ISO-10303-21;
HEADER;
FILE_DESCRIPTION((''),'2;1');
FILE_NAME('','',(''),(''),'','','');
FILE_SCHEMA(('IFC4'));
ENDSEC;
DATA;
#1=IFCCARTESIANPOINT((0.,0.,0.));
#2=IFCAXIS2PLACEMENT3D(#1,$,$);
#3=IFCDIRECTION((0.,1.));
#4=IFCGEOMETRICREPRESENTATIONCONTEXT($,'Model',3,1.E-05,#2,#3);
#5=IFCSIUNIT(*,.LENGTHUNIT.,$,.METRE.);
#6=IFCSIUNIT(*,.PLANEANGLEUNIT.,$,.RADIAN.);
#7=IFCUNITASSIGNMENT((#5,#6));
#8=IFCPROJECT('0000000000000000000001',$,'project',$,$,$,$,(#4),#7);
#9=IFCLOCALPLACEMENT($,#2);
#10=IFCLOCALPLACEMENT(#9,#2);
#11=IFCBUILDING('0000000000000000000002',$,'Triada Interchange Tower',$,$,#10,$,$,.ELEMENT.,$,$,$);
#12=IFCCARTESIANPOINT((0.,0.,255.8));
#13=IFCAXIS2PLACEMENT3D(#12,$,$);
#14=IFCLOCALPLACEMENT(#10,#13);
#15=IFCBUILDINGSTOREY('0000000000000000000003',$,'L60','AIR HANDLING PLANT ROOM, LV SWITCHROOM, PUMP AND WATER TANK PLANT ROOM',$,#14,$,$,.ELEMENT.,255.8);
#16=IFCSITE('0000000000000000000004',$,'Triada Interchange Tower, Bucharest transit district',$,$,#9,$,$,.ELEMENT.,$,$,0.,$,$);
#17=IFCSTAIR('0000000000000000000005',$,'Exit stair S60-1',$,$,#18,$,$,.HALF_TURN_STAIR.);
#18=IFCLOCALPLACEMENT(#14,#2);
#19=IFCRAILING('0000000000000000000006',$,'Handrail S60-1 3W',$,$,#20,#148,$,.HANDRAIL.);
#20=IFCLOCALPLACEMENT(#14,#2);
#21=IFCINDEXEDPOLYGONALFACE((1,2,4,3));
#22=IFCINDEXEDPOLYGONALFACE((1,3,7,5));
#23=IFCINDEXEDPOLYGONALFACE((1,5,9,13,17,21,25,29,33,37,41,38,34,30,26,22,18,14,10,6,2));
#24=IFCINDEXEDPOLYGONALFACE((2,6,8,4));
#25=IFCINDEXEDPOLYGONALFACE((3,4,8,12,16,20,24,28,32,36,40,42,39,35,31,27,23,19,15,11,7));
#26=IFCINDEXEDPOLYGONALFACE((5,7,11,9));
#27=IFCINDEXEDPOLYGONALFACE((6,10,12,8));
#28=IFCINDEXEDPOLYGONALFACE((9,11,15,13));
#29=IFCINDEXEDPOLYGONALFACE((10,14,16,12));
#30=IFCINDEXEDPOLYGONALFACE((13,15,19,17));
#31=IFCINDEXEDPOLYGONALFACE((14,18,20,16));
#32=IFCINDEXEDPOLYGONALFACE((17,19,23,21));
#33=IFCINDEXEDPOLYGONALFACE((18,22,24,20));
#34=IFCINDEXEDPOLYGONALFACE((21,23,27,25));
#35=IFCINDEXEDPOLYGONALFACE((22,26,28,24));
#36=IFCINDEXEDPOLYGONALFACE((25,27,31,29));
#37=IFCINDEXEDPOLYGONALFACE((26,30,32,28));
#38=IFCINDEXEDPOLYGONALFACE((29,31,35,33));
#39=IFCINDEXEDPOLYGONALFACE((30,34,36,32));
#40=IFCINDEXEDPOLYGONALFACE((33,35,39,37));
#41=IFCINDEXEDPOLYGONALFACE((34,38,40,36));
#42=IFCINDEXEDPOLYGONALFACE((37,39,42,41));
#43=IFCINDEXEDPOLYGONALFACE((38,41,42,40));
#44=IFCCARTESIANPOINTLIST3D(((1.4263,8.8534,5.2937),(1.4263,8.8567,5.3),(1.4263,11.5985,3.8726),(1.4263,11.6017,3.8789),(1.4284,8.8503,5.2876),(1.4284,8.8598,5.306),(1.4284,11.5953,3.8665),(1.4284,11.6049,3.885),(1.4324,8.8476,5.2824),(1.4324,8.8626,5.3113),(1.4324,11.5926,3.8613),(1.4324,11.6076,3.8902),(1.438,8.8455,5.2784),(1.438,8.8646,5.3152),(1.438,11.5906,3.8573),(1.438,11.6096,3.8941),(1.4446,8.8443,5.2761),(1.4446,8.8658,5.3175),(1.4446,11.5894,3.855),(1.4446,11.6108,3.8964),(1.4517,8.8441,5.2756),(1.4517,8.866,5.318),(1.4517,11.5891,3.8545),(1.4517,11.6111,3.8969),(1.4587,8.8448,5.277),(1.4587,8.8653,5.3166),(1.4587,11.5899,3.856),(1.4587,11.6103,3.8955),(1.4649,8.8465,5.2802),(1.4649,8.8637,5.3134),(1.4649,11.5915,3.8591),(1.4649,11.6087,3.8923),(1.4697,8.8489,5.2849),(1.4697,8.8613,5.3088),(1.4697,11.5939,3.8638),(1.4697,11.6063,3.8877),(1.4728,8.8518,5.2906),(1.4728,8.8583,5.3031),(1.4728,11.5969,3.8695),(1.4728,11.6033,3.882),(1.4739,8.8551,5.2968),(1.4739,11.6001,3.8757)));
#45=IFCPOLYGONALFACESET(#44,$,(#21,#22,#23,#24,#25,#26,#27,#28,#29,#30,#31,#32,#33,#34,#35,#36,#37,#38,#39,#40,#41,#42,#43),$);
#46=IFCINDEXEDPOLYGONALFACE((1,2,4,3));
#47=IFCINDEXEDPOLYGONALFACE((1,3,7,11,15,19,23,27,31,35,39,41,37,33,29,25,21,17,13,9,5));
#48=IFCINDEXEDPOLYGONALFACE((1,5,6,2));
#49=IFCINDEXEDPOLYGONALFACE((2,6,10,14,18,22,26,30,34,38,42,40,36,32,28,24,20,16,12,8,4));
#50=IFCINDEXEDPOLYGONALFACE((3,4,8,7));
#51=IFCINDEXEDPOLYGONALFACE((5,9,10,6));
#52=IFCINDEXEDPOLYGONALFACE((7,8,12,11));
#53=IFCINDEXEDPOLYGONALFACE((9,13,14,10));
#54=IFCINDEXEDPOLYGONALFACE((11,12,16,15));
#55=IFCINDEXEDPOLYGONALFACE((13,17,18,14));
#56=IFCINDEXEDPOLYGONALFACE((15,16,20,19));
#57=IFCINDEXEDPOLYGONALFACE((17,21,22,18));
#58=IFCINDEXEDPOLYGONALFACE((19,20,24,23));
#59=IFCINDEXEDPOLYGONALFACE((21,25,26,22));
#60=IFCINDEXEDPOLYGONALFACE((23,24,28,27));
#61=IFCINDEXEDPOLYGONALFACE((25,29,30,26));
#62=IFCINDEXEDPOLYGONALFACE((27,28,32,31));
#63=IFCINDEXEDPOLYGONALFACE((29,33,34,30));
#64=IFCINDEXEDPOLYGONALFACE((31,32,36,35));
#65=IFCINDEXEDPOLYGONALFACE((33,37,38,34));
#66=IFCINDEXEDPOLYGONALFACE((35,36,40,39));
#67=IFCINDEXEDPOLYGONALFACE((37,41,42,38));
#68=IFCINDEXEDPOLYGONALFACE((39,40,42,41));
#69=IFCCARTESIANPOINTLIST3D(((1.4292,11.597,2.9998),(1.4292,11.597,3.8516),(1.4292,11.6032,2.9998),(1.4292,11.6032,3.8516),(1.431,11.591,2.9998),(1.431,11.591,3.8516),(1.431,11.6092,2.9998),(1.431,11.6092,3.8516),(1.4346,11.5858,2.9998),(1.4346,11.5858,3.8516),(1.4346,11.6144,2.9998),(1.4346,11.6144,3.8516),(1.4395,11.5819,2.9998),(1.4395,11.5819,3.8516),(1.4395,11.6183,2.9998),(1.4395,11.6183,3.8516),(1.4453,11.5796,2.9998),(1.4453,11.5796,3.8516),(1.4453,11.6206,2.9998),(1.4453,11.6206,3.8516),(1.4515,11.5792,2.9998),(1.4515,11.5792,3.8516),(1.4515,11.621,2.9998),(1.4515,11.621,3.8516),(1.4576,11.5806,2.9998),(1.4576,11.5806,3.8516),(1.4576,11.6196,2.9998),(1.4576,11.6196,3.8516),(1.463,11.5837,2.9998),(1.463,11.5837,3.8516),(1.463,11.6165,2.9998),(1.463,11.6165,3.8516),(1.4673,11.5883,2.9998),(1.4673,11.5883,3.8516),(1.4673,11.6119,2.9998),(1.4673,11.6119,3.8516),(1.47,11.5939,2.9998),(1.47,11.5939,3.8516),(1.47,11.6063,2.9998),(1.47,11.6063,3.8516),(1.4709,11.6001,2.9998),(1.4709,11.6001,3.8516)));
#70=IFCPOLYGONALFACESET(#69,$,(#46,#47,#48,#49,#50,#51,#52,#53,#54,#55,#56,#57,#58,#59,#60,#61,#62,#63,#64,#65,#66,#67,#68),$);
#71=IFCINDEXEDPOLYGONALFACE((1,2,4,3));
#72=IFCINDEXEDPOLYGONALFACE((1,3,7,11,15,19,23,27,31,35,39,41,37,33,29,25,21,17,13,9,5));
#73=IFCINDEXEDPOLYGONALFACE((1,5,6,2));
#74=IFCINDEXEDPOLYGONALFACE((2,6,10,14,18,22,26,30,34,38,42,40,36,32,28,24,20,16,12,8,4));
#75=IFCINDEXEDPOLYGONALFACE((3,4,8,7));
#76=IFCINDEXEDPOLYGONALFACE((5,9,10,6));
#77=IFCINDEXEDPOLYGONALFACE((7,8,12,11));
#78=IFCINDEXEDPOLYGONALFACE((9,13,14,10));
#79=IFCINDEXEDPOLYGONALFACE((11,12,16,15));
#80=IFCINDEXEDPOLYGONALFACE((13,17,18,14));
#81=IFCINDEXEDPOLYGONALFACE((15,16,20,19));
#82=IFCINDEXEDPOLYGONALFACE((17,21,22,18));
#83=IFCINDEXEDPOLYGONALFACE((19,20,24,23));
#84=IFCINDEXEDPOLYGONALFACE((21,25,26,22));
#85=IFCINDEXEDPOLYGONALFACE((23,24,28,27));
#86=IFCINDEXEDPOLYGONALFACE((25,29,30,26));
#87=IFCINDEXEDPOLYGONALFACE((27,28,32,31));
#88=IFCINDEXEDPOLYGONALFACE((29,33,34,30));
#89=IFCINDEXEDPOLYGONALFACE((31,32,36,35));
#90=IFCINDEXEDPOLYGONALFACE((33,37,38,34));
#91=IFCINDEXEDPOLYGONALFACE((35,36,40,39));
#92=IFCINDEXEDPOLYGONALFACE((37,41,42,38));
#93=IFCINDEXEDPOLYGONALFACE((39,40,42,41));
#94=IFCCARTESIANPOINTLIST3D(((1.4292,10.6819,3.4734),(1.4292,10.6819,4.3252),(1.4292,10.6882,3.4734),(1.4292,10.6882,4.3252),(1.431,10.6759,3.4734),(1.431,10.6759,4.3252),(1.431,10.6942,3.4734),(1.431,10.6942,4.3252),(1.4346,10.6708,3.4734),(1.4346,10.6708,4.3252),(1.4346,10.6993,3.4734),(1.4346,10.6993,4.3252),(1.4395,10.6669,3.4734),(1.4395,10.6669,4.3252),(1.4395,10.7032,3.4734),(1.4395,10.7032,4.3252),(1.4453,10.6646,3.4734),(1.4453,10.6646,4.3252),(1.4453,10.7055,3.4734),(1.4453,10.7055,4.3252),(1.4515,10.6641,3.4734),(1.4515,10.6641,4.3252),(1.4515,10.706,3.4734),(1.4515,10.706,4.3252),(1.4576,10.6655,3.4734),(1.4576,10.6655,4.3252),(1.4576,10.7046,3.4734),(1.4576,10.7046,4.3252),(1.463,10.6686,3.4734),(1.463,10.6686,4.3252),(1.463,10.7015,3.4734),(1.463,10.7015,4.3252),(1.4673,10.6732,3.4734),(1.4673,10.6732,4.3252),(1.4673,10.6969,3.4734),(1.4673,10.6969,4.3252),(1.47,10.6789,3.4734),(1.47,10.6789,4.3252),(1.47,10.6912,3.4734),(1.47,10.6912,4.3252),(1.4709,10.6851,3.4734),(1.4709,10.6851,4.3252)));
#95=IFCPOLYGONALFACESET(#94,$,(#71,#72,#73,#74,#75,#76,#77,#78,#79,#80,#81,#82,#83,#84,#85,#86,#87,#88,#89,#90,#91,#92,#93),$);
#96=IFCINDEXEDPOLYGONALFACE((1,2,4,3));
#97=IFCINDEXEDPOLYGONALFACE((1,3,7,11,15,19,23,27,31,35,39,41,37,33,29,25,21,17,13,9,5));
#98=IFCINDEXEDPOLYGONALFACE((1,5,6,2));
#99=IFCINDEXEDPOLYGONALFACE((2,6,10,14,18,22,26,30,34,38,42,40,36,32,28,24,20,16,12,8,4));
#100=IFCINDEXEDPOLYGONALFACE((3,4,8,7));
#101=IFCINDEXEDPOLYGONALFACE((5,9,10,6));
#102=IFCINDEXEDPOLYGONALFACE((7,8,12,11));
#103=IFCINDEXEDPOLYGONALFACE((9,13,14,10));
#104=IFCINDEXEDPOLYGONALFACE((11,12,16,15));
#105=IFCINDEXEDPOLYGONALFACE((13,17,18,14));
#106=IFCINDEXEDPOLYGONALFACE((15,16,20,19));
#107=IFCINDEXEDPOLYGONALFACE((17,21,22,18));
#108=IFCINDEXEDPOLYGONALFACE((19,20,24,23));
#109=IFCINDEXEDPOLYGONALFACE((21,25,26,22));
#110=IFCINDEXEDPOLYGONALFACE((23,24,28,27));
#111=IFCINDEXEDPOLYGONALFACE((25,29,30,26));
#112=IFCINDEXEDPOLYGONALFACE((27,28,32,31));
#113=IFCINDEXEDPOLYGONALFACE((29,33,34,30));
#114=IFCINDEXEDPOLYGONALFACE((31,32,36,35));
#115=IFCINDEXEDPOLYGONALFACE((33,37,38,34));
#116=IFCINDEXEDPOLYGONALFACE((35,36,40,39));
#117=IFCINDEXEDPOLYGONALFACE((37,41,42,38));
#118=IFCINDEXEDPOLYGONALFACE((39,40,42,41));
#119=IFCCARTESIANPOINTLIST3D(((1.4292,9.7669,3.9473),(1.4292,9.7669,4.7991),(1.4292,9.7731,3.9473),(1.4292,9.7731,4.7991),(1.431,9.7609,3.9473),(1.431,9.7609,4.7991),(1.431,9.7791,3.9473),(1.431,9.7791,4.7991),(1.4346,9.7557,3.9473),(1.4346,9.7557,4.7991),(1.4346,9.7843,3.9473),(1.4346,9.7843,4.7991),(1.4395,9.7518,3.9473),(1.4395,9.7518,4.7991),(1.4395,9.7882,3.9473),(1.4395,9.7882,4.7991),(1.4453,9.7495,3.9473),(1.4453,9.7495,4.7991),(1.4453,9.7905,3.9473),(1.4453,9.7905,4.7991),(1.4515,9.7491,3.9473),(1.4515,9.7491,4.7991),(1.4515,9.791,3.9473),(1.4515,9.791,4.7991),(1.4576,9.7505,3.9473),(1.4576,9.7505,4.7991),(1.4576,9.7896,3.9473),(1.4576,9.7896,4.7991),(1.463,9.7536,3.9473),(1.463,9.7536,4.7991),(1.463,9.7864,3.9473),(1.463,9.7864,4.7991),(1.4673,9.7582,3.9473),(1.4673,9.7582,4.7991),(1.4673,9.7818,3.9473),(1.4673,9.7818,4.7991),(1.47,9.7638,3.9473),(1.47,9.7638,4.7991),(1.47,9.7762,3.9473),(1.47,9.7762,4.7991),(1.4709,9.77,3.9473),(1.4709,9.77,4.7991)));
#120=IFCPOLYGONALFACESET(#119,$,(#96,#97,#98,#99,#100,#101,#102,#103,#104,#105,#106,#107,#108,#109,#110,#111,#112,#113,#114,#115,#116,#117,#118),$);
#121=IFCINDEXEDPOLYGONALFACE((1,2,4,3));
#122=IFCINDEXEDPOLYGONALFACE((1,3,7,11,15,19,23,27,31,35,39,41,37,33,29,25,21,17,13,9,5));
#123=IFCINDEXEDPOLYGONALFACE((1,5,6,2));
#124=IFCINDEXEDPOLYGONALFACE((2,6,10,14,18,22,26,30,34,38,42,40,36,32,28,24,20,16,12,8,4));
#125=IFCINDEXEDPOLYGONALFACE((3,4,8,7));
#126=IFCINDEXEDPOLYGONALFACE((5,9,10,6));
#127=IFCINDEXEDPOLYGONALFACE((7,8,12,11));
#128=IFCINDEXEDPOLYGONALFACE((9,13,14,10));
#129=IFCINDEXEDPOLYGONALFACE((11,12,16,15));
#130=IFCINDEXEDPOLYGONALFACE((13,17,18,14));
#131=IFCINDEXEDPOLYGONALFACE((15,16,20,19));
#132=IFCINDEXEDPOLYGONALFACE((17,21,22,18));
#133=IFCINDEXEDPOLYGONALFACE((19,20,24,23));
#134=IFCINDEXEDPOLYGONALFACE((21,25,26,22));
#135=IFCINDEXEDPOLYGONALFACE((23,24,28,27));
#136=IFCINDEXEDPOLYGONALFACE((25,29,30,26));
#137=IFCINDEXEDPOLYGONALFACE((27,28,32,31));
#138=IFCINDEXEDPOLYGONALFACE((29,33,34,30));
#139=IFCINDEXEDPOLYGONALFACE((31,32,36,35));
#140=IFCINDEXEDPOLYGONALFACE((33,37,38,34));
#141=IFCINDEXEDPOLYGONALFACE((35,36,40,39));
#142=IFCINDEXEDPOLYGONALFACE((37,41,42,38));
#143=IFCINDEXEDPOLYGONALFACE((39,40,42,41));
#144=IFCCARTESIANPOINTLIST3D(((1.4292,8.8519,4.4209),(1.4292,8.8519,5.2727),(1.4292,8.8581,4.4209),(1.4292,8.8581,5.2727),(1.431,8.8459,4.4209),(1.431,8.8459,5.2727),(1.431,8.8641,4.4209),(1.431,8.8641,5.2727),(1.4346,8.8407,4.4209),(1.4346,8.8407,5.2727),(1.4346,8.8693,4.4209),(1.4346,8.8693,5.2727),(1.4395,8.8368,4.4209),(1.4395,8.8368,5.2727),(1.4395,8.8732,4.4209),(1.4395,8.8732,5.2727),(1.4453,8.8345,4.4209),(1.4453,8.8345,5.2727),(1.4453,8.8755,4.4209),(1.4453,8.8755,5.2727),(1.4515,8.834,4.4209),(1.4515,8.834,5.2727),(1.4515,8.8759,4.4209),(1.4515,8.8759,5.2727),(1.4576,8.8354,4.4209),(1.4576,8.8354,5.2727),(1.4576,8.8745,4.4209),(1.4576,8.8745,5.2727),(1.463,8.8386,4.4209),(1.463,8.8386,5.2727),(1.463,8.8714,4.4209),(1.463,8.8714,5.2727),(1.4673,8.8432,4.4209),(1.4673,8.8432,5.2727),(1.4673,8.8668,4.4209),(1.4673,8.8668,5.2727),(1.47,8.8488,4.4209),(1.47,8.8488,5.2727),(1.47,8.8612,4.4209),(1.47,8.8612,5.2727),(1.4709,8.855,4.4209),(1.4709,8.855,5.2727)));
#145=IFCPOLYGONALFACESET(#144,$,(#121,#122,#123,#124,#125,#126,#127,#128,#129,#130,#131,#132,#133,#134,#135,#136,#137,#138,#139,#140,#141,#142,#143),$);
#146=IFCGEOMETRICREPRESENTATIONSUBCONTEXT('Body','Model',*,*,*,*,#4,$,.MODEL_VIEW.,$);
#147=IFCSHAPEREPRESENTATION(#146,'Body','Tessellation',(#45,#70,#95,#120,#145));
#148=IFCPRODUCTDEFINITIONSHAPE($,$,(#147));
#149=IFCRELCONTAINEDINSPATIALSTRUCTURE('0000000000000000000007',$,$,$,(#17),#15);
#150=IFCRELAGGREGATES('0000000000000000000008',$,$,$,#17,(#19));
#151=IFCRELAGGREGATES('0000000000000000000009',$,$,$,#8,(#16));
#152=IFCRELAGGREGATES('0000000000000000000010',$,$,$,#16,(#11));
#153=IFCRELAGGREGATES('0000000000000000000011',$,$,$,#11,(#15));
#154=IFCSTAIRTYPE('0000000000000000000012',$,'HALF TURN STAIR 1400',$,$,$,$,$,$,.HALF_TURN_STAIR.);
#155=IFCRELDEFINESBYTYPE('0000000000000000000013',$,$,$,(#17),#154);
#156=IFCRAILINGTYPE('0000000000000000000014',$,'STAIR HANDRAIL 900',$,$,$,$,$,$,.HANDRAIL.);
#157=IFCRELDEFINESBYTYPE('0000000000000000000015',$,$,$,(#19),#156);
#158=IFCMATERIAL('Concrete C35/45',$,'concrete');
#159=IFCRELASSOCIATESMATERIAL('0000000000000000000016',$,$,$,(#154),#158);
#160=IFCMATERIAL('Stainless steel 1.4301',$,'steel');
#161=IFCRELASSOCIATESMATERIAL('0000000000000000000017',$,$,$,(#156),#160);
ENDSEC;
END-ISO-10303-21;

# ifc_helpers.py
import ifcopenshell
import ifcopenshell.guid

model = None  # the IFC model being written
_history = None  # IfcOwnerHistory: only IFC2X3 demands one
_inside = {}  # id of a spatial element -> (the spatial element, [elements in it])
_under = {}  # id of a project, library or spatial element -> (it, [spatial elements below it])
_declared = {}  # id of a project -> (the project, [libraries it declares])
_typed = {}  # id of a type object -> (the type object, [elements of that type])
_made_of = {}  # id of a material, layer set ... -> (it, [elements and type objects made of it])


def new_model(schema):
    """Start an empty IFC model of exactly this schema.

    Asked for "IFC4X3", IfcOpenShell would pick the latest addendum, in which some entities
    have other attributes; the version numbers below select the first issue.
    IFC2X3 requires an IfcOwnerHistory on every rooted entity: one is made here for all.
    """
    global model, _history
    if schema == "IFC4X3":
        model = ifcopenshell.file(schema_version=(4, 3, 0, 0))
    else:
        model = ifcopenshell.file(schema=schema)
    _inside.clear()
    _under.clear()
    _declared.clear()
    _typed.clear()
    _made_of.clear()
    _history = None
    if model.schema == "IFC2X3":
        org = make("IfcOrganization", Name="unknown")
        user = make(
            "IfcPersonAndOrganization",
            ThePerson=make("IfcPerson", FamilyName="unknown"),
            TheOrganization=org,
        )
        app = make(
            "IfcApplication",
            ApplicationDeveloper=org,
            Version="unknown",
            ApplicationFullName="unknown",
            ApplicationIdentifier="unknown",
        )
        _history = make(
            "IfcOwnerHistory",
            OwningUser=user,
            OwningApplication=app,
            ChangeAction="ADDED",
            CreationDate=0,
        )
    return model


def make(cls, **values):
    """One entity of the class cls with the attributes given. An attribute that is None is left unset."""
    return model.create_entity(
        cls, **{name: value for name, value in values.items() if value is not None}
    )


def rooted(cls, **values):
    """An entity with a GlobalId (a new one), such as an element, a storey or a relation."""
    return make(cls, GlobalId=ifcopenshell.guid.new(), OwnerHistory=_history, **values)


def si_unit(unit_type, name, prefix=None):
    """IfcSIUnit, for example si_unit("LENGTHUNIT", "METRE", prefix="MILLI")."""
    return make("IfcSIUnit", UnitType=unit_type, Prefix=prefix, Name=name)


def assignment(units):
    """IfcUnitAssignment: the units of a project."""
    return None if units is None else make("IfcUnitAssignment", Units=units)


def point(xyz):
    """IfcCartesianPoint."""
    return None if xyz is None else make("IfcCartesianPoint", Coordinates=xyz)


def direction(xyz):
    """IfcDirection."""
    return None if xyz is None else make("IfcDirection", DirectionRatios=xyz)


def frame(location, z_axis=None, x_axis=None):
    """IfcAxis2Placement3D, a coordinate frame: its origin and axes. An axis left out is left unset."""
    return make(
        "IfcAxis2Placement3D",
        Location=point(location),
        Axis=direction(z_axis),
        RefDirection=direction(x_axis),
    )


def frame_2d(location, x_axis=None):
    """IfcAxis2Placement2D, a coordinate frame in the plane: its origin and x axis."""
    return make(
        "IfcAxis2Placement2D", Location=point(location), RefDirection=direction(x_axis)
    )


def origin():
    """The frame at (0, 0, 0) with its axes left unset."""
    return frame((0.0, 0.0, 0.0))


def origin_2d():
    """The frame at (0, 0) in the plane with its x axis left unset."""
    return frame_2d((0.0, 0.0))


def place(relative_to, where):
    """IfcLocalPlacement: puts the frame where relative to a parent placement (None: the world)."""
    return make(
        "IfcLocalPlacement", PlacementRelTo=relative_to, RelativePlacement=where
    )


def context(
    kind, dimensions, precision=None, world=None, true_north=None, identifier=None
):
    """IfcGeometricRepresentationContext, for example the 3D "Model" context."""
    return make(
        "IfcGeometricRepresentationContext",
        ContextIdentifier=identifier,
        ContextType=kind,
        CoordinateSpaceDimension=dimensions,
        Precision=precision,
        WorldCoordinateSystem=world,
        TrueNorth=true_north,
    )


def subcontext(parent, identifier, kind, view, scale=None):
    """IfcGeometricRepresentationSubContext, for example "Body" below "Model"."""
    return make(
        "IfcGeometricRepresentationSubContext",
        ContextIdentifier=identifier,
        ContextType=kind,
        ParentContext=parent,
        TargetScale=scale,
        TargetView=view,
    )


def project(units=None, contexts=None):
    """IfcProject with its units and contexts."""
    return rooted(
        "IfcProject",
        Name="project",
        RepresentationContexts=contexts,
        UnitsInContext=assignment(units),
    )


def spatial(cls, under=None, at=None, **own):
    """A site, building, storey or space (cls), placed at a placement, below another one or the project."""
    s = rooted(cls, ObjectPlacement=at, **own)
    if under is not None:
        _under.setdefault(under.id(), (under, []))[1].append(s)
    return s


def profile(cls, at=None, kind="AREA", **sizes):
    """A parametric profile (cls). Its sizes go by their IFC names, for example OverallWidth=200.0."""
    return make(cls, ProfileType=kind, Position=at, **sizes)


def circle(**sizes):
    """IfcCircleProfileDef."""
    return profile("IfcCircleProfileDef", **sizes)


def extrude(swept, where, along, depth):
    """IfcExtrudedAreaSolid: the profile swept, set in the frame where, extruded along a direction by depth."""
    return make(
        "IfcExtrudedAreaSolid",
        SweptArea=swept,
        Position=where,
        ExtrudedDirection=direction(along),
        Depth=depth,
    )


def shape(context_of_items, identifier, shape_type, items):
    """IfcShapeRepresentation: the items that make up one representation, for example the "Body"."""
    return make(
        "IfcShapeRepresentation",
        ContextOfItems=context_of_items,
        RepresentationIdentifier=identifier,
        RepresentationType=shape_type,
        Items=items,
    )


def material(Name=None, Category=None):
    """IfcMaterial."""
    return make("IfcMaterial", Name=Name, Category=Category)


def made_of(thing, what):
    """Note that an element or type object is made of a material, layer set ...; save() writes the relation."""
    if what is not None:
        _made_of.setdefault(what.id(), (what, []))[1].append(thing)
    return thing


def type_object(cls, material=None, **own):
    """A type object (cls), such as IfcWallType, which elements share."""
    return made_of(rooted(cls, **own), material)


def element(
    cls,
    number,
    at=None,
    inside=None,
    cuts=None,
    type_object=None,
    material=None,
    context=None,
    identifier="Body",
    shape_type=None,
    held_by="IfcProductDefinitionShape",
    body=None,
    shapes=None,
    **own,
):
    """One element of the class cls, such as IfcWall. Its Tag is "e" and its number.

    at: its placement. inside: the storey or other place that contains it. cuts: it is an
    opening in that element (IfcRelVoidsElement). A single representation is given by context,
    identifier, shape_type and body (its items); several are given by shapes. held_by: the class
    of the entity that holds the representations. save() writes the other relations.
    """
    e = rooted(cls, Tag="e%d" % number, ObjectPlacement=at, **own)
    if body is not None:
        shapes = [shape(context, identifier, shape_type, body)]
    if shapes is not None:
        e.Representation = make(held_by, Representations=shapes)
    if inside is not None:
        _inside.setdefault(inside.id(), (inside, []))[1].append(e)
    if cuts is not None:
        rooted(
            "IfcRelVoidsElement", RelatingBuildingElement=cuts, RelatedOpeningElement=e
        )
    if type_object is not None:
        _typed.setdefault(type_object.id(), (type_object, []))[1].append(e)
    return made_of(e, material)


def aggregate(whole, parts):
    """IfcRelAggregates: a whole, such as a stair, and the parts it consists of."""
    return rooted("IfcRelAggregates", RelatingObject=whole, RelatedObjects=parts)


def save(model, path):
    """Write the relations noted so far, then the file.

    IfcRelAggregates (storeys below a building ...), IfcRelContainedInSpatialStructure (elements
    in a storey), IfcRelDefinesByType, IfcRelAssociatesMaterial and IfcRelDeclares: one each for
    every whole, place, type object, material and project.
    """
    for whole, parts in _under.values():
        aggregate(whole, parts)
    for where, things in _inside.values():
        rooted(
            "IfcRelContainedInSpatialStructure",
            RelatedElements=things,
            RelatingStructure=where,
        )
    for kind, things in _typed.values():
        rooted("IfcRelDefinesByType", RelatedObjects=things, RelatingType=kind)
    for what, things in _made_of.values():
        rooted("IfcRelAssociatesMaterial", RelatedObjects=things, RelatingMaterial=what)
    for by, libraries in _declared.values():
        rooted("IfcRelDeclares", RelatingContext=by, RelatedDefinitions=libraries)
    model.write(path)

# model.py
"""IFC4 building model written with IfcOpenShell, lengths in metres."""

from ifc_helpers import new_model, si_unit, direction, frame, origin, origin_2d, place, context, subcontext, project, spatial, circle, extrude, material, type_object, element, aggregate, save


model = new_model("IFC4")

# Units and contexts
model_context = context("Model", 3, precision=1e-05, world=origin(), true_north=direction((0.0, 1.0)))
body_context = subcontext(model_context, "Body", "Model", "MODEL_VIEW")
ifc_project = project(units=[si_unit("LENGTHUNIT", "METRE"), si_unit("PLANEANGLEUNIT", "RADIAN")], contexts=[model_context])

# Site, building, storey
site_placement = place(None, origin())
site = spatial("IfcSite", under=ifc_project, at=site_placement, Name="Triada Interchange Tower, Bucharest transit district", CompositionType="ELEMENT", RefElevation=0.0)
building_placement = place(site_placement, origin())
building = spatial("IfcBuilding", under=site, at=building_placement, Name="Triada Interchange Tower", CompositionType="ELEMENT")
storey_placement = place(building_placement, frame((0.0, 0.0, 255.8)))
storey = spatial("IfcBuildingStorey", under=building, at=storey_placement, Name="L60", Description="AIR HANDLING PLANT ROOM, LV SWITCHROOM, PUMP AND WATER TANK PLANT ROOM", CompositionType="ELEMENT", Elevation=255.8)

# Shared definitions
ifc_material_1 = material(Name="Concrete C35/45", Category="concrete")

# Stair, railing
stair_type = type_object("IfcStairType", Name="HALF TURN STAIR 1400", PredefinedType="HALF_TURN_STAIR", material=ifc_material_1)
stair_placement = place(storey_placement, origin())
stair = element("IfcStair", 1, at=stair_placement, inside=storey, type_object=stair_type, Name="Exit stair S60-1", PredefinedType="HALF_TURN_STAIR")
ifc_material_2 = material(Name="Stainless steel 1.4301", Category="steel")
railing_type_1 = type_object("IfcRailingType", Name="STAIR HANDRAIL 900", PredefinedType="HANDRAIL", material=ifc_material_2)
railing_1_placement = place(storey_placement, frame((1.45, 11.6001, 2.9998)))
railing_1 = element("IfcRailing", 2, at=railing_1_placement, type_object=railing_type_1, Name="Handrail S60-1 3W", PredefinedType="HANDRAIL", context=body_context, shape_type="SweptSolid", body=[
    extrude(circle(Radius=0.0239, at=origin_2d()), frame((0.0, 0.0, 0.876), z_axis=(0.0, -0.888052, 0.459743), x_axis=(1.0, 0.0, 0.0)), (0.0, 0.0, 1.0), 3.0911),
    extrude(circle(Radius=0.021, at=origin_2d()), origin(), (0.0, 0.0, 1.0), 0.8518),
    extrude(circle(Radius=0.021, at=origin_2d()), frame((0.0, -0.915, 0.4736)), (0.0, 0.0, 1.0), 0.8518),
    extrude(circle(Radius=0.021, at=origin_2d()), frame((0.0, -1.8301, 0.9475)), (0.0, 0.0, 1.0), 0.8518),
    extrude(circle(Radius=0.021, at=origin_2d()), frame((0.0, -2.7451, 1.4211)), (0.0, 0.0, 1.0), 0.8518),
])
aggregate(stair, [railing_1])

save(model, "model.ifc")
